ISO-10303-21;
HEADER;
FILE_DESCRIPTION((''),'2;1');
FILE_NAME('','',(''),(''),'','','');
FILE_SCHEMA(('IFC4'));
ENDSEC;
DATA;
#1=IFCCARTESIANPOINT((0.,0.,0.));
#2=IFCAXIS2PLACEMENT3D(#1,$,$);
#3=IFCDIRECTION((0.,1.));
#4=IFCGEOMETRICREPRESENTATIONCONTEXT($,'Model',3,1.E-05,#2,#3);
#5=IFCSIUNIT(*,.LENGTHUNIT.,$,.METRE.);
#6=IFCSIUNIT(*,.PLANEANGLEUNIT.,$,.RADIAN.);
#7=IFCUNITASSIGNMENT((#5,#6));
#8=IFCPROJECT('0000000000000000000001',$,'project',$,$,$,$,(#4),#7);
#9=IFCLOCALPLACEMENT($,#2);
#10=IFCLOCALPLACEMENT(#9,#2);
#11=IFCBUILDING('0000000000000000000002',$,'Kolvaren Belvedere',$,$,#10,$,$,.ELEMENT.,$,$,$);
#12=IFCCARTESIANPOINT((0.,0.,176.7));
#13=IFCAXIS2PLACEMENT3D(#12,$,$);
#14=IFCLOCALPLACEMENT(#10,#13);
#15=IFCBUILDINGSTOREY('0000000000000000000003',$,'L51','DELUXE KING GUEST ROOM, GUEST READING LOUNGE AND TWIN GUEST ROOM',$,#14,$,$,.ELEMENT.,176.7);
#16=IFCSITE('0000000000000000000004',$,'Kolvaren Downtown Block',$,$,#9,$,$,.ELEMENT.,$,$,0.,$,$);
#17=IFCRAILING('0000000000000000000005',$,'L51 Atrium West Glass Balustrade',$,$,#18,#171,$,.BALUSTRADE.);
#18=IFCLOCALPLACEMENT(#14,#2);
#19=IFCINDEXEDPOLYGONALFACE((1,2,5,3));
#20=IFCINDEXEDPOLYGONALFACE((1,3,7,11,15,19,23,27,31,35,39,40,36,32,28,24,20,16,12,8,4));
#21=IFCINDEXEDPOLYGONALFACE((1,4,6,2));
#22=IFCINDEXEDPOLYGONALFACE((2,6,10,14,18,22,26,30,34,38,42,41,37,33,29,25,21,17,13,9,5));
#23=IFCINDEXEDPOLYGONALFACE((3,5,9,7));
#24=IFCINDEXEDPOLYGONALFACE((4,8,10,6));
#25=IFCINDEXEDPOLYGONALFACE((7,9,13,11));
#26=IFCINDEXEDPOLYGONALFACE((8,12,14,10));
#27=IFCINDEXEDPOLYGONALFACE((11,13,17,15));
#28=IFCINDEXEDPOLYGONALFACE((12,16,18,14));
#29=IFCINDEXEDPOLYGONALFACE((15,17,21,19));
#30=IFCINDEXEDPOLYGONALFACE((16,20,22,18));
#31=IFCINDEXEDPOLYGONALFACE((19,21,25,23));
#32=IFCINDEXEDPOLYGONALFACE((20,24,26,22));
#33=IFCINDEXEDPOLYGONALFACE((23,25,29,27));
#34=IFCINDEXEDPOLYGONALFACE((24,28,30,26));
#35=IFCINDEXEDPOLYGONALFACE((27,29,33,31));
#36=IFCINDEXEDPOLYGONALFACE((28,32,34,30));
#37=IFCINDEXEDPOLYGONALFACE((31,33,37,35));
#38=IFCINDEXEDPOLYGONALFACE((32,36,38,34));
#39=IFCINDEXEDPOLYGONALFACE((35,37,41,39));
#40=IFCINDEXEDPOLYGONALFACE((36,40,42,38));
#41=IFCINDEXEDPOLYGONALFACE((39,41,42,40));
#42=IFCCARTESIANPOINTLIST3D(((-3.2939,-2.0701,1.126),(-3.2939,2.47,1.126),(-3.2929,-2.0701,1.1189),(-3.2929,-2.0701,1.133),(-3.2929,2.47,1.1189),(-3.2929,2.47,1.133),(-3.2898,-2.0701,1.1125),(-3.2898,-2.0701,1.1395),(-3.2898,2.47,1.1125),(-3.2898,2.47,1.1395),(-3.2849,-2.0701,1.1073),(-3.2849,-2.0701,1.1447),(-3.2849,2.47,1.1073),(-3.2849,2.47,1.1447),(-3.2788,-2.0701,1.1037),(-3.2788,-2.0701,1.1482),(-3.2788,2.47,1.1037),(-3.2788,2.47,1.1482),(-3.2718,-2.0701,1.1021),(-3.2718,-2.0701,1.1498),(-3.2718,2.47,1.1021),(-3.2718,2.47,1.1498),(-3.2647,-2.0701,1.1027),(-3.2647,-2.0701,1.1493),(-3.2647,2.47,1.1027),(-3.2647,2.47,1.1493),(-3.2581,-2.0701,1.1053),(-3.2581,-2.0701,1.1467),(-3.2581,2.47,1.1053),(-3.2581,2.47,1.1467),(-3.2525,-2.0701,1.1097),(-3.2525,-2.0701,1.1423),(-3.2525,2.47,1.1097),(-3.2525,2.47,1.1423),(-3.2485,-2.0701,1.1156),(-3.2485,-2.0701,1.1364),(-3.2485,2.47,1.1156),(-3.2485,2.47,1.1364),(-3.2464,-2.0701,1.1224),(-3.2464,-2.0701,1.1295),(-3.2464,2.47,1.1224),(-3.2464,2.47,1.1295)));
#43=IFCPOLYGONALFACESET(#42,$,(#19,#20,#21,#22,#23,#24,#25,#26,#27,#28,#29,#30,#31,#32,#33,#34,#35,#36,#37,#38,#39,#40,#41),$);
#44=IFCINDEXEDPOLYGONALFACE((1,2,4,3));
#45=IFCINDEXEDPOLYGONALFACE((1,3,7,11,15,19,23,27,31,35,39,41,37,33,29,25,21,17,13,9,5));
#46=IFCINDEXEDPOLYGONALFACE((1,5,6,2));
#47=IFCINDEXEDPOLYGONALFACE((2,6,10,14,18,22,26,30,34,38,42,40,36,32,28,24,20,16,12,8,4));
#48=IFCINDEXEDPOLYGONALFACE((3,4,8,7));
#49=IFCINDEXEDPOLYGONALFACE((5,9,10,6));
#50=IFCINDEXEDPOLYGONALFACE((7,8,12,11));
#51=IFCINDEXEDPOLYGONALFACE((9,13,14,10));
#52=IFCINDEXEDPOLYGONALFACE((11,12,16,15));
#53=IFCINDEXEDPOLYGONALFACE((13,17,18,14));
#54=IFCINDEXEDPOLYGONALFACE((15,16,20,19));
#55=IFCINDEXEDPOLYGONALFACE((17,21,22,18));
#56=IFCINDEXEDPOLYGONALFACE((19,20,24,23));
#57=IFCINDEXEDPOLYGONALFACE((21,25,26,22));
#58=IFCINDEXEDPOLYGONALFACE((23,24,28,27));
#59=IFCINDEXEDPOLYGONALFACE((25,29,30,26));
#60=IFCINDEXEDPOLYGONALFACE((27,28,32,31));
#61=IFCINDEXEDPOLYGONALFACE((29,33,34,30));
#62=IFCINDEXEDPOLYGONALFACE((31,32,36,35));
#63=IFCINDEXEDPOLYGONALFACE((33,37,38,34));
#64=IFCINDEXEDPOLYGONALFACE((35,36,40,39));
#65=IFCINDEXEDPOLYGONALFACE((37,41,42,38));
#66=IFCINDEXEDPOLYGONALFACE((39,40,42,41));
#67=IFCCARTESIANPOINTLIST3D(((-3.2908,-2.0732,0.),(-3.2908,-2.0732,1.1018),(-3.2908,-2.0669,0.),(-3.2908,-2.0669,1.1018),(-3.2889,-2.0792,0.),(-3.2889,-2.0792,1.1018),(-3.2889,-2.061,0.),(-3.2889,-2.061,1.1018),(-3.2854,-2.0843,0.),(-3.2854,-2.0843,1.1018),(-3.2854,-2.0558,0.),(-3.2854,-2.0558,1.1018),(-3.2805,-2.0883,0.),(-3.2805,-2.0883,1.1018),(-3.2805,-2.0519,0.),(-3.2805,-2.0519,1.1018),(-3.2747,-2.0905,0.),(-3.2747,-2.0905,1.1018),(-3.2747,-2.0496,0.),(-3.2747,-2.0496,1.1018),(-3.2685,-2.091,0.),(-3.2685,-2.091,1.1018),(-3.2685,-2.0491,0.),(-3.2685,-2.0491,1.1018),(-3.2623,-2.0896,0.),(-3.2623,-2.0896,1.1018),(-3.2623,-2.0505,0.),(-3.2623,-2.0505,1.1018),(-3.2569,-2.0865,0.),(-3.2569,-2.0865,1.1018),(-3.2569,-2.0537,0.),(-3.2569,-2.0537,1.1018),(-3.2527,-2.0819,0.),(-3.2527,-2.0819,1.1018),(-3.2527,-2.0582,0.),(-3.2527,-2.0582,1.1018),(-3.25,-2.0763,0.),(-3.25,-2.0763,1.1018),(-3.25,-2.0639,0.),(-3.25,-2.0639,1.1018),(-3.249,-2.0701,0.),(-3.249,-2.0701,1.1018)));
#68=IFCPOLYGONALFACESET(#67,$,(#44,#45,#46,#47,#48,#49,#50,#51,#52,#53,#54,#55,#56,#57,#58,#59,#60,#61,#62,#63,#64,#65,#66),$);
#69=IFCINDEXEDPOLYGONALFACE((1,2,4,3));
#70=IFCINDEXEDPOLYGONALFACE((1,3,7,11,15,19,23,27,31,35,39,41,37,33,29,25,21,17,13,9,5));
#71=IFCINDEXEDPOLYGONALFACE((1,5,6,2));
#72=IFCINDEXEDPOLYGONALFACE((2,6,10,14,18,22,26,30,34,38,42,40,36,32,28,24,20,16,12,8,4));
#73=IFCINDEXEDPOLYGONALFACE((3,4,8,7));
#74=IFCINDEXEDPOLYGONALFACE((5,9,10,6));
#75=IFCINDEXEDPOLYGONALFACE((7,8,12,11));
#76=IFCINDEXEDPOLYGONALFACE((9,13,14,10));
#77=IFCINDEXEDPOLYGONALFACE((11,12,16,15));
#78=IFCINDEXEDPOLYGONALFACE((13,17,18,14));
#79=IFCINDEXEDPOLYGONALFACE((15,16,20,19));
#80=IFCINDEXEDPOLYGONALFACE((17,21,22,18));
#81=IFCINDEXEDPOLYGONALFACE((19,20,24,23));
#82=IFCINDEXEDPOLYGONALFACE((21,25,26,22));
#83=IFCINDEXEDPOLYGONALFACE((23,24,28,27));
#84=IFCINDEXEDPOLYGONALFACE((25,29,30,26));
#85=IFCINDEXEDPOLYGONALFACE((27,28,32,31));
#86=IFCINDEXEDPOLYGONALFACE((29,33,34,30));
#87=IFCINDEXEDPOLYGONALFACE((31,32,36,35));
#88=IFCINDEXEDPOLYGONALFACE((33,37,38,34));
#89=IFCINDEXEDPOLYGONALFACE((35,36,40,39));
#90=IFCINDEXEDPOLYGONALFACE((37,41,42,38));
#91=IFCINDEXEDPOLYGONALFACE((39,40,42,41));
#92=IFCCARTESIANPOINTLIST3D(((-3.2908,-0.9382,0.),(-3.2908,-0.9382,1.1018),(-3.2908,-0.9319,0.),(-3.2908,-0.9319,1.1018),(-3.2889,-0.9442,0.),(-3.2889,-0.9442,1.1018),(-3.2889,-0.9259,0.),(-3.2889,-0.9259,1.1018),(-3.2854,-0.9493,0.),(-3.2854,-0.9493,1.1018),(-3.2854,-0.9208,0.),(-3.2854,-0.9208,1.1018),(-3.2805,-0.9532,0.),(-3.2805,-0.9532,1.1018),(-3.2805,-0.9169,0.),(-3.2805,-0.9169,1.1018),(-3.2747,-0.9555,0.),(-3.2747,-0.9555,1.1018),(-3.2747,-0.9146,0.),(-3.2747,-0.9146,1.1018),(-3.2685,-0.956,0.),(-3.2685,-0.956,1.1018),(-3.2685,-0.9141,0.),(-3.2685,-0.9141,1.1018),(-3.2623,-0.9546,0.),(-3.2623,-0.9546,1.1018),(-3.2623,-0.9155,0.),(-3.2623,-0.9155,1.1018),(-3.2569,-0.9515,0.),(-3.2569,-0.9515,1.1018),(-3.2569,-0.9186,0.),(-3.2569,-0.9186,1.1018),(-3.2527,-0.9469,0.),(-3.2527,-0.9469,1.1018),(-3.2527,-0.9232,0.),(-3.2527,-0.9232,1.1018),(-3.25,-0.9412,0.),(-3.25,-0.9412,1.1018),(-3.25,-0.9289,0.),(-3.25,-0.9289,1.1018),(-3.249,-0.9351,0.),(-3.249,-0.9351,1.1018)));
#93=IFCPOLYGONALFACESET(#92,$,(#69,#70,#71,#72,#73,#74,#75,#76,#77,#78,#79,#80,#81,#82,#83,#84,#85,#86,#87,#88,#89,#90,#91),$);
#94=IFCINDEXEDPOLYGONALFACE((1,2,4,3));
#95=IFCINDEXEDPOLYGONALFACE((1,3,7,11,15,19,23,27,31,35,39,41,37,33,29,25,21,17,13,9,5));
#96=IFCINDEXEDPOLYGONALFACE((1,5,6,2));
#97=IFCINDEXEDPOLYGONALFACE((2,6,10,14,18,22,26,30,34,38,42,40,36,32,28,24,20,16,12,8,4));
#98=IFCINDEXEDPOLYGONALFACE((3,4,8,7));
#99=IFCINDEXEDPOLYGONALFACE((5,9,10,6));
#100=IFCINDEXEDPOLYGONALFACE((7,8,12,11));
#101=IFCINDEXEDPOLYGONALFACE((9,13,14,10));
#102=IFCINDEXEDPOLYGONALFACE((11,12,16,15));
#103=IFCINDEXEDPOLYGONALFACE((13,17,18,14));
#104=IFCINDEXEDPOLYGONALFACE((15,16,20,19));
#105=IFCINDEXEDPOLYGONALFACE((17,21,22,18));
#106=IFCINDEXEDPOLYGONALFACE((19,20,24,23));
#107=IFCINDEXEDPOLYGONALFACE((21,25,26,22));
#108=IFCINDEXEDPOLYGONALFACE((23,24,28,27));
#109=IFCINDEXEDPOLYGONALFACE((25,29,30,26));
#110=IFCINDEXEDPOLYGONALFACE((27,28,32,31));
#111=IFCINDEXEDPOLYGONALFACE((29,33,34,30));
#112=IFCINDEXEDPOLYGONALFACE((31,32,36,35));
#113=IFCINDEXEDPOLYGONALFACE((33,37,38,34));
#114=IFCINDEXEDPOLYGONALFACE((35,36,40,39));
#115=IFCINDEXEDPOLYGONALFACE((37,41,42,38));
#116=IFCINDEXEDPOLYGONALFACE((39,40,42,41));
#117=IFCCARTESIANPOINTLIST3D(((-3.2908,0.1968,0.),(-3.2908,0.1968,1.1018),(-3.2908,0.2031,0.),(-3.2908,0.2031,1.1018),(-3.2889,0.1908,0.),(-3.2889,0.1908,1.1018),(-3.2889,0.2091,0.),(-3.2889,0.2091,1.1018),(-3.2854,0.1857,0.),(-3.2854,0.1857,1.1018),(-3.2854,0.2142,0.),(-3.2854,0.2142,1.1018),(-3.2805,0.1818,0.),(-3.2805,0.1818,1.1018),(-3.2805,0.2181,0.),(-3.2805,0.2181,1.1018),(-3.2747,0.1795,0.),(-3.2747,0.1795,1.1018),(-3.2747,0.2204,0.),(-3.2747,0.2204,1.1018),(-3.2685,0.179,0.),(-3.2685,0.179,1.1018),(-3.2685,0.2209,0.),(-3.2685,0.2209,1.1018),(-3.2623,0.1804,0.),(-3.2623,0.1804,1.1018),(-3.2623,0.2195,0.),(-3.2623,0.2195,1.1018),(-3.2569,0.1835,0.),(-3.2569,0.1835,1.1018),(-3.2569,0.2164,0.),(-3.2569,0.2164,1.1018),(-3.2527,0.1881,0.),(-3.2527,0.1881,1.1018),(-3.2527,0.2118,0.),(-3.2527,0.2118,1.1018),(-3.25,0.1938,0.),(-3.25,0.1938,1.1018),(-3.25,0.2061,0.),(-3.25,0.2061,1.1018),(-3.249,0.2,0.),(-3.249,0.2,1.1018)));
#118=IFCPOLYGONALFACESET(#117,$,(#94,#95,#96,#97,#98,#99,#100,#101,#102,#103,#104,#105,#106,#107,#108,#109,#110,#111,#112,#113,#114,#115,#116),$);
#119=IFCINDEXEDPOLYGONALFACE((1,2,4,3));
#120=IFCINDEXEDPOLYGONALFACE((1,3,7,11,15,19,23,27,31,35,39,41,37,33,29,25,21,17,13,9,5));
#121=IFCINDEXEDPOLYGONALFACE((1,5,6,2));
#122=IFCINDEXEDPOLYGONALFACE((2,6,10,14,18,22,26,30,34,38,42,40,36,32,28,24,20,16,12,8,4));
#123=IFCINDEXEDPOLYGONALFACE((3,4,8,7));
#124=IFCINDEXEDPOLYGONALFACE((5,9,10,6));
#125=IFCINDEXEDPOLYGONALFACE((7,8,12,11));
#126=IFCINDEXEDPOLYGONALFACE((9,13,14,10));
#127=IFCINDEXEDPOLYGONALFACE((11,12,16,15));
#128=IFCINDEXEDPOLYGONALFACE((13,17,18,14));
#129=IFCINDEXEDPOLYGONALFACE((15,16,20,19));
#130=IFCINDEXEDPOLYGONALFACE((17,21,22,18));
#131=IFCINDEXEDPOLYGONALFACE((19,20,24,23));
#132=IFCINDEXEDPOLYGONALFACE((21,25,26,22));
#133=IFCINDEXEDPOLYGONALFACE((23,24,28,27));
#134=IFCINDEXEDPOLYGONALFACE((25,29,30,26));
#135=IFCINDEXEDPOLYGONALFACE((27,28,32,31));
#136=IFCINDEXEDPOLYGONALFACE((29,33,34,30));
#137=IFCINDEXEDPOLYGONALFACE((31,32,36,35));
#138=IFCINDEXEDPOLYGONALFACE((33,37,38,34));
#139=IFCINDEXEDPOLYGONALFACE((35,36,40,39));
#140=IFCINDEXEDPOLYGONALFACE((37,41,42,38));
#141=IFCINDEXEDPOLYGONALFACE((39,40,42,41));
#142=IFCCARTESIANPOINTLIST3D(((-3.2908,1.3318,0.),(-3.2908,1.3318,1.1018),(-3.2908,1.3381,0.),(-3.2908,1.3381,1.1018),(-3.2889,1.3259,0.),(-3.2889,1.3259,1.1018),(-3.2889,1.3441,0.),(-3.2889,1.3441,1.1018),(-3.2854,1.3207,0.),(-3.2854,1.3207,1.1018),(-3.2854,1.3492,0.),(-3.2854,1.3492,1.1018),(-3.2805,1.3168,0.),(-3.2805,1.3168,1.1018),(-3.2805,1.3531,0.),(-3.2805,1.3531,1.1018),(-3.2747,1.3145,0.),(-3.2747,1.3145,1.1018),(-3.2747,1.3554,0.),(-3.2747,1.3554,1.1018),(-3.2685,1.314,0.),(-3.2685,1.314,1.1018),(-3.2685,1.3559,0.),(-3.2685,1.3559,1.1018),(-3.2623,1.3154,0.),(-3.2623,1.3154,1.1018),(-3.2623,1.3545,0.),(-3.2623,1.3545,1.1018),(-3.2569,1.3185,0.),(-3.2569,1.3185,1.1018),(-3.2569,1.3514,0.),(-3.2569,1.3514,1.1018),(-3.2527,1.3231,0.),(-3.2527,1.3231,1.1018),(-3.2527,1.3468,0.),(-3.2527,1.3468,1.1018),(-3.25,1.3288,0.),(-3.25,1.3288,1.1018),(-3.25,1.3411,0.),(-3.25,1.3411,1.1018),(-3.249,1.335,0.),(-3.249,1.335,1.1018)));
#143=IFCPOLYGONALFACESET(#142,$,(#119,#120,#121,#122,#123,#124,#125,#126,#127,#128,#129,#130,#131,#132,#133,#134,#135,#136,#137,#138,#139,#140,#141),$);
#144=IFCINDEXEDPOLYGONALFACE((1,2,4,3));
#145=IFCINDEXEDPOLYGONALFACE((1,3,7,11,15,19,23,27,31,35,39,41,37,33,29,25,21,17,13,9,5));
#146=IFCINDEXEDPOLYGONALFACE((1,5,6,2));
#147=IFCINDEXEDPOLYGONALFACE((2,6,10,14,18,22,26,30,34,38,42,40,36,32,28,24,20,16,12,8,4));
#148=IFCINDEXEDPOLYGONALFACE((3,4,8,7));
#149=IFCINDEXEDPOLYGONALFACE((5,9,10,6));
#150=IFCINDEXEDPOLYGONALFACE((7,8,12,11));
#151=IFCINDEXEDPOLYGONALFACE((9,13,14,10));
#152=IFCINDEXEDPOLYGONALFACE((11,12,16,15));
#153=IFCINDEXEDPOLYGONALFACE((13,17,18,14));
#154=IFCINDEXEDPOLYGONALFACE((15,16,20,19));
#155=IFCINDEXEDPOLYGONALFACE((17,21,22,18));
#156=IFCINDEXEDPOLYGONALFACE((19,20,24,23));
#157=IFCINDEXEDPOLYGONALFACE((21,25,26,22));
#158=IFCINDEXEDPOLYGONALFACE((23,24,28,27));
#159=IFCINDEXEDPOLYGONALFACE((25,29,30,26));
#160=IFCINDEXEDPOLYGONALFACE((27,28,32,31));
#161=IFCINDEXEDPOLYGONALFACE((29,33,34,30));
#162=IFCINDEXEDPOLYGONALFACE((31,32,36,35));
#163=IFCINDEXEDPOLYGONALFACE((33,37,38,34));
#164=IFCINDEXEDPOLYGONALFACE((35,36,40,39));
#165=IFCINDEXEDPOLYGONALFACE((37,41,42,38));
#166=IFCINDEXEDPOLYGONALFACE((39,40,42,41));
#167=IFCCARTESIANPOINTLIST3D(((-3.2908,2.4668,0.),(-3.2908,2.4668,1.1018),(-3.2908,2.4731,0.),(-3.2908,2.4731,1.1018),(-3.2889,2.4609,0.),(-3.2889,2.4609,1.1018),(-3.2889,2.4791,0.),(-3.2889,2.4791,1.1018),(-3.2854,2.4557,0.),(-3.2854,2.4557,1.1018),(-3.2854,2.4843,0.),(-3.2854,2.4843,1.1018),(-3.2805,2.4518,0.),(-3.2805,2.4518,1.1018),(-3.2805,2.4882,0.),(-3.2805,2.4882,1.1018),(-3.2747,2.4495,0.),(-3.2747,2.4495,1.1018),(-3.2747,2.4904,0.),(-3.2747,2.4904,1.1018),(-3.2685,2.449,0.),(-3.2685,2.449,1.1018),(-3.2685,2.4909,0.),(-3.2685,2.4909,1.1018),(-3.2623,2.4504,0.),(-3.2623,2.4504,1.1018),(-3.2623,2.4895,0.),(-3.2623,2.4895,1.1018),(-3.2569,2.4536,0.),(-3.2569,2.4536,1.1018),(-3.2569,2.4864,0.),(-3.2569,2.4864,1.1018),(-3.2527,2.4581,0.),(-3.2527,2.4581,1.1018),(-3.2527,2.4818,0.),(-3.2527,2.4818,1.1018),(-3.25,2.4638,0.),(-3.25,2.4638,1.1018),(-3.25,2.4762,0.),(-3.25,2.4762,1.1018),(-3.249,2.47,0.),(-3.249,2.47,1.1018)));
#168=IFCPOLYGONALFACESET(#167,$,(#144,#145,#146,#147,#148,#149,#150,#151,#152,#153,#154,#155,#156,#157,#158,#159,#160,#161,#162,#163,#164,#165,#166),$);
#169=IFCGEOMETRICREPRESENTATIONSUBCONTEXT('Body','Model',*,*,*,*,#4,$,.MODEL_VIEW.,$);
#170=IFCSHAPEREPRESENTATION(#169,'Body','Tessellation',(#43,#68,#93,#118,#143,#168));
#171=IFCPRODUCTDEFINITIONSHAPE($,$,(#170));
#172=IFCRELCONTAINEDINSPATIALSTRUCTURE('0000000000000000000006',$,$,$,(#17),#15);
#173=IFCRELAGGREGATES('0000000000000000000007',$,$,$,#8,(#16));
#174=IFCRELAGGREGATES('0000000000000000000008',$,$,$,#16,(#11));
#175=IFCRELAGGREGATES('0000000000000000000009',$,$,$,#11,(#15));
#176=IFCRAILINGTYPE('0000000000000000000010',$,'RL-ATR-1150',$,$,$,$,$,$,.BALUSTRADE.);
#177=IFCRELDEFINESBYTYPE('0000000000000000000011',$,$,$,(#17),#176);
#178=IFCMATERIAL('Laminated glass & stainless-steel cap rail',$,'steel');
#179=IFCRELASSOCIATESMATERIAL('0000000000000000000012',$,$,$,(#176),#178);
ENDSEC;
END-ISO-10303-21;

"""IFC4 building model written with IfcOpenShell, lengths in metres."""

from ifc_helpers import new_model, si_unit, direction, frame, origin, origin_2d, place, context, subcontext, project, spatial, circle, extrude, material, type_object, element, save


model = new_model("IFC4")

# Units and contexts
model_context = context("Model", 3, precision=1e-05, world=origin(), true_north=direction((0.0, 1.0)))
body_context = subcontext(model_context, "Body", "Model", "MODEL_VIEW")
ifc_project = project(units=[si_unit("LENGTHUNIT", "METRE"), si_unit("PLANEANGLEUNIT", "RADIAN")], contexts=[model_context])

# Site, building, storey
site_placement = place(None, origin())
site = spatial("IfcSite", under=ifc_project, at=site_placement, Name="Kolvaren Downtown Block", CompositionType="ELEMENT", RefElevation=0.0)
building_placement = place(site_placement, origin())
building = spatial("IfcBuilding", under=site, at=building_placement, Name="Kolvaren Belvedere", CompositionType="ELEMENT")
storey_placement = place(building_placement, frame((0.0, 0.0, 176.7)))
storey = spatial("IfcBuildingStorey", under=building, at=storey_placement, Name="L51", Description="DELUXE KING GUEST ROOM, GUEST READING LOUNGE AND TWIN GUEST ROOM", CompositionType="ELEMENT", Elevation=176.7)

# Railing
ifc_material_1 = material(Name="Laminated glass & stainless-steel cap rail", Category="steel")
railing_type_1 = type_object("IfcRailingType", Name="RL-ATR-1150", PredefinedType="BALUSTRADE", material=ifc_material_1)
railing_1_placement = place(storey_placement, frame((-3.27, -2.0701, 0.0)))
element("IfcRailing", 1, at=railing_1_placement, inside=storey, type_object=railing_type_1, Name="L51 Atrium West Glass Balustrade", PredefinedType="BALUSTRADE", context=body_context, shape_type="SweptSolid", body=[
    extrude(circle(Radius=0.0239, at=origin_2d()), frame((0.0, 0.0, 1.126), z_axis=(0.0, 1.0, 0.0), x_axis=(-1.0, 0.0, 0.0)), (0.0, 0.0, 1.0), 4.54),
    extrude(circle(Radius=0.021, at=origin_2d()), origin(), (0.0, 0.0, 1.0), 1.1018),
    extrude(circle(Radius=0.021, at=origin_2d()), frame((0.0, 1.135, 0.0)), (0.0, 0.0, 1.0), 1.1018),
    extrude(circle(Radius=0.021, at=origin_2d()), frame((0.0, 2.27, 0.0)), (0.0, 0.0, 1.0), 1.1018),
    extrude(circle(Radius=0.021, at=origin_2d()), frame((0.0, 3.405, 0.0)), (0.0, 0.0, 1.0), 1.1018),
    extrude(circle(Radius=0.021, at=origin_2d()), frame((0.0, 4.54, 0.0)), (0.0, 0.0, 1.0), 1.1018),
])

save(model, "model.ifc")
